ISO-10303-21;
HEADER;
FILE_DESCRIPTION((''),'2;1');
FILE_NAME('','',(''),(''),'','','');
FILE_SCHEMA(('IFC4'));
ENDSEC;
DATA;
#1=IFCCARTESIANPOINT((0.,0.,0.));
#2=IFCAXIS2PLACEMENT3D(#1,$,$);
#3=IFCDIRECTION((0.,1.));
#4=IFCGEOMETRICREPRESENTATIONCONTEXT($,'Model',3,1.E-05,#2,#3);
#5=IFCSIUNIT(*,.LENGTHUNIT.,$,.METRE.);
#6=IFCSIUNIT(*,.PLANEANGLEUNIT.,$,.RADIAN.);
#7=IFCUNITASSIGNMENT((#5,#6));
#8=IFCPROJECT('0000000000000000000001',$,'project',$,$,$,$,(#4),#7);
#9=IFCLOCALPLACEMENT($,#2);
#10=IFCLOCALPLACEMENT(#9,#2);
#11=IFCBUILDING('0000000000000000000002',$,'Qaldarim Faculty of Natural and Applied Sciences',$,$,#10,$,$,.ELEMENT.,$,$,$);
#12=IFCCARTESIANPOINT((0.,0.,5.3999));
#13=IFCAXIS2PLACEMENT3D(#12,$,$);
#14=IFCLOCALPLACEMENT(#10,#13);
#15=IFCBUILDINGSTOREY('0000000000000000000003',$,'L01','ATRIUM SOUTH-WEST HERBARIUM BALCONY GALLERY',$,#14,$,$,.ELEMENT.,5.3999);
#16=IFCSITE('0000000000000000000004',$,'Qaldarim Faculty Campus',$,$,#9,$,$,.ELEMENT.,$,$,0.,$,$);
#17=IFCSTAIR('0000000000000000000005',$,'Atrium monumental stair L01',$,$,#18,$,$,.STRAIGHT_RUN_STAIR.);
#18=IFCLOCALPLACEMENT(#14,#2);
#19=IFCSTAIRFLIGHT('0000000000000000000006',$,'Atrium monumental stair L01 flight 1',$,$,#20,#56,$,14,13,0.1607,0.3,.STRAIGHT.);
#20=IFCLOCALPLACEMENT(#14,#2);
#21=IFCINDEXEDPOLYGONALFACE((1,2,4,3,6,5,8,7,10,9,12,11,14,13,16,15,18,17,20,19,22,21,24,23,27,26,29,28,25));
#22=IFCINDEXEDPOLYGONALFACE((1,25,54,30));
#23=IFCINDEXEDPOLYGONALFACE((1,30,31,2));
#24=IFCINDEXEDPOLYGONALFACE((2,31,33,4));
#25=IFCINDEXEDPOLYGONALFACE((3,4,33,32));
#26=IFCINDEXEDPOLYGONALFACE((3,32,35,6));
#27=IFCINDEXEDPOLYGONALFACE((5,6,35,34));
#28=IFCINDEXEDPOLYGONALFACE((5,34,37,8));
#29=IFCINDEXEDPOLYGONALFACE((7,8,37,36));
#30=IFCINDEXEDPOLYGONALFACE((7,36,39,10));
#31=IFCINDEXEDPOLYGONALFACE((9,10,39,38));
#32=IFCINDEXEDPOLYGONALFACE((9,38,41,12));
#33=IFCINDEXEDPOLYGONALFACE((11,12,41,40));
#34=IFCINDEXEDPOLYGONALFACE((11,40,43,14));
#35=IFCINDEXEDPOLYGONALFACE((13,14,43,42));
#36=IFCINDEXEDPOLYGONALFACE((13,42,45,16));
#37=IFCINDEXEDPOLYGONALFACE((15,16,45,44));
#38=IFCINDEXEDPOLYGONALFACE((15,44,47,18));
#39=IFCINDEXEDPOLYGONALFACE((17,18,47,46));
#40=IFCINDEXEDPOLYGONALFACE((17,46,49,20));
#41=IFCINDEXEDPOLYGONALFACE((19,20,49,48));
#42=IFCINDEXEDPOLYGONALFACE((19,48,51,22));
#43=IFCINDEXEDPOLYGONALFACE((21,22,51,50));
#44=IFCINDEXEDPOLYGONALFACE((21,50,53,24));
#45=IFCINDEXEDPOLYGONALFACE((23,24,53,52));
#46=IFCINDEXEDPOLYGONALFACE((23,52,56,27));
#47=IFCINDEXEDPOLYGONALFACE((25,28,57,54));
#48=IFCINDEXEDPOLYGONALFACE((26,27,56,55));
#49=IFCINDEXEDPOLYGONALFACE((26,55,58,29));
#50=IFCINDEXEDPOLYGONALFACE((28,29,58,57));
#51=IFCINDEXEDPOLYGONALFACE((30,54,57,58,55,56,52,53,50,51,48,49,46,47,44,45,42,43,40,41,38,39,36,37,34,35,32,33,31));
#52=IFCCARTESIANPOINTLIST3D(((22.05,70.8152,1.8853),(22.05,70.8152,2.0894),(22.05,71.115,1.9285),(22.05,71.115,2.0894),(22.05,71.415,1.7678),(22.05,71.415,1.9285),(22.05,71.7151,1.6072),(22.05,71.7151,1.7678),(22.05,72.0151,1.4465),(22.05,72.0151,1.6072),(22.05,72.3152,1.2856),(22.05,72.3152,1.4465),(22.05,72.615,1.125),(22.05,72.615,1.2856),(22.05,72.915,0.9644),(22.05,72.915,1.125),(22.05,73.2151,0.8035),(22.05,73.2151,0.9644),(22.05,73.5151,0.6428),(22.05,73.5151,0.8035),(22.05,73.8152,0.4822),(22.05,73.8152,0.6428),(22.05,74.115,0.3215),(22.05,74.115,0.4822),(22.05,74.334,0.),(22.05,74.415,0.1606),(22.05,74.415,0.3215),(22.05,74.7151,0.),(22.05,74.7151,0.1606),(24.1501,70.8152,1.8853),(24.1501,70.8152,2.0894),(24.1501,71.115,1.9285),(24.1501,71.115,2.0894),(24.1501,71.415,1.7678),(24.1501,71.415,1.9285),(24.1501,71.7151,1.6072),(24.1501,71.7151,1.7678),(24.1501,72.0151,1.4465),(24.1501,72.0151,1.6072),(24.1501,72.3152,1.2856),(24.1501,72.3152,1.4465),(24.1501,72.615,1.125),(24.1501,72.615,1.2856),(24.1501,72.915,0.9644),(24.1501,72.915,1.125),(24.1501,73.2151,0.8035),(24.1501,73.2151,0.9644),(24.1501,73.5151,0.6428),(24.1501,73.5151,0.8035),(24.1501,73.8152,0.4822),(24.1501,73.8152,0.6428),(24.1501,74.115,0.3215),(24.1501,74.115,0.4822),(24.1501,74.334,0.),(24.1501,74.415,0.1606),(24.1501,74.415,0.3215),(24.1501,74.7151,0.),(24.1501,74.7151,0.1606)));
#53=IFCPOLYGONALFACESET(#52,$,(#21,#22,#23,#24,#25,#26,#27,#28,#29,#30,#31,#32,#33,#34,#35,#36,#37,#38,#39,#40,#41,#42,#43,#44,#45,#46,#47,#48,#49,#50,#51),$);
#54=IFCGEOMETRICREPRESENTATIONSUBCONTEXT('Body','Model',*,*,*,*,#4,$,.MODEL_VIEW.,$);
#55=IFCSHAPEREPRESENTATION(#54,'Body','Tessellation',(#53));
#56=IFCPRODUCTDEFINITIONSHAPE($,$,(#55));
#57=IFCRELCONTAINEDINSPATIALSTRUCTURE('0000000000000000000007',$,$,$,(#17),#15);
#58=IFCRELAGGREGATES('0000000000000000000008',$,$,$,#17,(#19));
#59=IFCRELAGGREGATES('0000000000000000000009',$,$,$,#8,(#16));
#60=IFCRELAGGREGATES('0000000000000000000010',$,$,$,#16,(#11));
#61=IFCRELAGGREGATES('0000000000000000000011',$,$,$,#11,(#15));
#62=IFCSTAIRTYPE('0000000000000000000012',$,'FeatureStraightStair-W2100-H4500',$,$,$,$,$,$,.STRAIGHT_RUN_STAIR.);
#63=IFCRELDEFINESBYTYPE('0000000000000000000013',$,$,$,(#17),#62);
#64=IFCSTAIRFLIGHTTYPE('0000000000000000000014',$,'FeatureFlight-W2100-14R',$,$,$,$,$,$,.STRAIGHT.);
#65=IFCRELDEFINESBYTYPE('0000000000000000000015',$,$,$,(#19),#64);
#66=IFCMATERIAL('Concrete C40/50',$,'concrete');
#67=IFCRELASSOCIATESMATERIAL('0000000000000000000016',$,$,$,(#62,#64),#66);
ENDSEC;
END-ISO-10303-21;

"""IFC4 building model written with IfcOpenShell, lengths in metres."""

from ifc_helpers import new_model, si_unit, direction, frame, origin, place, context, subcontext, project, spatial, polyline, outline, extrude, material, type_object, element, aggregate, save


model = new_model("IFC4")

# Units and contexts
model_context = context("Model", 3, precision=1e-05, world=origin(), true_north=direction((0.0, 1.0)))
body_context = subcontext(model_context, "Body", "Model", "MODEL_VIEW")
ifc_project = project(units=[si_unit("LENGTHUNIT", "METRE"), si_unit("PLANEANGLEUNIT", "RADIAN")], contexts=[model_context])

# Site, building, storey
site_placement = place(None, origin())
site = spatial("IfcSite", under=ifc_project, at=site_placement, Name="Qaldarim Faculty Campus", CompositionType="ELEMENT", RefElevation=0.0)
building_placement = place(site_placement, origin())
building = spatial("IfcBuilding", under=site, at=building_placement, Name="Qaldarim Faculty of Natural and Applied Sciences", CompositionType="ELEMENT")
storey_placement = place(building_placement, frame((0.0, 0.0, 5.3999)))
storey = spatial("IfcBuildingStorey", under=building, at=storey_placement, Name="L01", Description="ATRIUM SOUTH-WEST HERBARIUM BALCONY GALLERY", CompositionType="ELEMENT", Elevation=5.3999)

# Shared definitions
ifc_material_1 = material(Name="Concrete C40/50", Category="concrete")

# Stair, stair flight
stair_type = type_object("IfcStairType", Name="FeatureStraightStair-W2100-H4500", PredefinedType="STRAIGHT_RUN_STAIR", material=ifc_material_1)
stair_placement = place(storey_placement, origin())
stair = element("IfcStair", 1, at=stair_placement, inside=storey, type_object=stair_type, Name="Atrium monumental stair L01", PredefinedType="STRAIGHT_RUN_STAIR")
stair_flight_type = type_object("IfcStairFlightType", Name="FeatureFlight-W2100-14R", PredefinedType="STRAIGHT", material=ifc_material_1)
stair_flight_placement = place(storey_placement, frame((23.1001, 74.7151, 0.0), z_axis=(0.0, 0.0, 1.0), x_axis=(0.0, -1.0, 0.0)))
stair_flight = element("IfcStairFlight", 2, at=stair_flight_placement, type_object=stair_flight_type, Name="Atrium monumental stair L01 flight 1", NumberOfRisers=14, NumberOfTreads=13, PredefinedType="STRAIGHT", RiserHeight=0.1607, TreadLength=0.3, context=body_context, shape_type="SweptSolid", body=[
    extrude(outline(polyline([(0.0, 0.0), (0.0, 0.1606), (0.3, 0.1606), (0.3, 0.3215), (0.6001, 0.3215), (0.6001, 0.4822), (0.8999, 0.4822), (0.8999, 0.6428), (1.2, 0.6428), (1.2, 0.8035), (1.5, 0.8035), (1.5, 0.9644), (1.8, 0.9644), (1.8, 1.125), (2.1001, 1.125), (2.1001, 1.2856), (2.3999, 1.2856), (2.3999, 1.4465), (2.7, 1.4465), (2.7, 1.6072), (3.0, 1.6072), (3.0, 1.7678), (3.3, 1.7678), (3.3, 1.9285), (3.6001, 1.9285), (3.6001, 2.0894), (3.8999, 2.0894), (3.8999, 2.25), (3.8999, 1.8853), (0.3811, 0.0), (0.0, 0.0)])), frame((0.0, 1.05, 0.0), z_axis=(0.0, -1.0, 0.0), x_axis=(1.0, 0.0, 0.0)), (0.0, 0.0, 1.0), 2.1001),
])
aggregate(stair, [stair_flight])

save(model, "model.ifc")
